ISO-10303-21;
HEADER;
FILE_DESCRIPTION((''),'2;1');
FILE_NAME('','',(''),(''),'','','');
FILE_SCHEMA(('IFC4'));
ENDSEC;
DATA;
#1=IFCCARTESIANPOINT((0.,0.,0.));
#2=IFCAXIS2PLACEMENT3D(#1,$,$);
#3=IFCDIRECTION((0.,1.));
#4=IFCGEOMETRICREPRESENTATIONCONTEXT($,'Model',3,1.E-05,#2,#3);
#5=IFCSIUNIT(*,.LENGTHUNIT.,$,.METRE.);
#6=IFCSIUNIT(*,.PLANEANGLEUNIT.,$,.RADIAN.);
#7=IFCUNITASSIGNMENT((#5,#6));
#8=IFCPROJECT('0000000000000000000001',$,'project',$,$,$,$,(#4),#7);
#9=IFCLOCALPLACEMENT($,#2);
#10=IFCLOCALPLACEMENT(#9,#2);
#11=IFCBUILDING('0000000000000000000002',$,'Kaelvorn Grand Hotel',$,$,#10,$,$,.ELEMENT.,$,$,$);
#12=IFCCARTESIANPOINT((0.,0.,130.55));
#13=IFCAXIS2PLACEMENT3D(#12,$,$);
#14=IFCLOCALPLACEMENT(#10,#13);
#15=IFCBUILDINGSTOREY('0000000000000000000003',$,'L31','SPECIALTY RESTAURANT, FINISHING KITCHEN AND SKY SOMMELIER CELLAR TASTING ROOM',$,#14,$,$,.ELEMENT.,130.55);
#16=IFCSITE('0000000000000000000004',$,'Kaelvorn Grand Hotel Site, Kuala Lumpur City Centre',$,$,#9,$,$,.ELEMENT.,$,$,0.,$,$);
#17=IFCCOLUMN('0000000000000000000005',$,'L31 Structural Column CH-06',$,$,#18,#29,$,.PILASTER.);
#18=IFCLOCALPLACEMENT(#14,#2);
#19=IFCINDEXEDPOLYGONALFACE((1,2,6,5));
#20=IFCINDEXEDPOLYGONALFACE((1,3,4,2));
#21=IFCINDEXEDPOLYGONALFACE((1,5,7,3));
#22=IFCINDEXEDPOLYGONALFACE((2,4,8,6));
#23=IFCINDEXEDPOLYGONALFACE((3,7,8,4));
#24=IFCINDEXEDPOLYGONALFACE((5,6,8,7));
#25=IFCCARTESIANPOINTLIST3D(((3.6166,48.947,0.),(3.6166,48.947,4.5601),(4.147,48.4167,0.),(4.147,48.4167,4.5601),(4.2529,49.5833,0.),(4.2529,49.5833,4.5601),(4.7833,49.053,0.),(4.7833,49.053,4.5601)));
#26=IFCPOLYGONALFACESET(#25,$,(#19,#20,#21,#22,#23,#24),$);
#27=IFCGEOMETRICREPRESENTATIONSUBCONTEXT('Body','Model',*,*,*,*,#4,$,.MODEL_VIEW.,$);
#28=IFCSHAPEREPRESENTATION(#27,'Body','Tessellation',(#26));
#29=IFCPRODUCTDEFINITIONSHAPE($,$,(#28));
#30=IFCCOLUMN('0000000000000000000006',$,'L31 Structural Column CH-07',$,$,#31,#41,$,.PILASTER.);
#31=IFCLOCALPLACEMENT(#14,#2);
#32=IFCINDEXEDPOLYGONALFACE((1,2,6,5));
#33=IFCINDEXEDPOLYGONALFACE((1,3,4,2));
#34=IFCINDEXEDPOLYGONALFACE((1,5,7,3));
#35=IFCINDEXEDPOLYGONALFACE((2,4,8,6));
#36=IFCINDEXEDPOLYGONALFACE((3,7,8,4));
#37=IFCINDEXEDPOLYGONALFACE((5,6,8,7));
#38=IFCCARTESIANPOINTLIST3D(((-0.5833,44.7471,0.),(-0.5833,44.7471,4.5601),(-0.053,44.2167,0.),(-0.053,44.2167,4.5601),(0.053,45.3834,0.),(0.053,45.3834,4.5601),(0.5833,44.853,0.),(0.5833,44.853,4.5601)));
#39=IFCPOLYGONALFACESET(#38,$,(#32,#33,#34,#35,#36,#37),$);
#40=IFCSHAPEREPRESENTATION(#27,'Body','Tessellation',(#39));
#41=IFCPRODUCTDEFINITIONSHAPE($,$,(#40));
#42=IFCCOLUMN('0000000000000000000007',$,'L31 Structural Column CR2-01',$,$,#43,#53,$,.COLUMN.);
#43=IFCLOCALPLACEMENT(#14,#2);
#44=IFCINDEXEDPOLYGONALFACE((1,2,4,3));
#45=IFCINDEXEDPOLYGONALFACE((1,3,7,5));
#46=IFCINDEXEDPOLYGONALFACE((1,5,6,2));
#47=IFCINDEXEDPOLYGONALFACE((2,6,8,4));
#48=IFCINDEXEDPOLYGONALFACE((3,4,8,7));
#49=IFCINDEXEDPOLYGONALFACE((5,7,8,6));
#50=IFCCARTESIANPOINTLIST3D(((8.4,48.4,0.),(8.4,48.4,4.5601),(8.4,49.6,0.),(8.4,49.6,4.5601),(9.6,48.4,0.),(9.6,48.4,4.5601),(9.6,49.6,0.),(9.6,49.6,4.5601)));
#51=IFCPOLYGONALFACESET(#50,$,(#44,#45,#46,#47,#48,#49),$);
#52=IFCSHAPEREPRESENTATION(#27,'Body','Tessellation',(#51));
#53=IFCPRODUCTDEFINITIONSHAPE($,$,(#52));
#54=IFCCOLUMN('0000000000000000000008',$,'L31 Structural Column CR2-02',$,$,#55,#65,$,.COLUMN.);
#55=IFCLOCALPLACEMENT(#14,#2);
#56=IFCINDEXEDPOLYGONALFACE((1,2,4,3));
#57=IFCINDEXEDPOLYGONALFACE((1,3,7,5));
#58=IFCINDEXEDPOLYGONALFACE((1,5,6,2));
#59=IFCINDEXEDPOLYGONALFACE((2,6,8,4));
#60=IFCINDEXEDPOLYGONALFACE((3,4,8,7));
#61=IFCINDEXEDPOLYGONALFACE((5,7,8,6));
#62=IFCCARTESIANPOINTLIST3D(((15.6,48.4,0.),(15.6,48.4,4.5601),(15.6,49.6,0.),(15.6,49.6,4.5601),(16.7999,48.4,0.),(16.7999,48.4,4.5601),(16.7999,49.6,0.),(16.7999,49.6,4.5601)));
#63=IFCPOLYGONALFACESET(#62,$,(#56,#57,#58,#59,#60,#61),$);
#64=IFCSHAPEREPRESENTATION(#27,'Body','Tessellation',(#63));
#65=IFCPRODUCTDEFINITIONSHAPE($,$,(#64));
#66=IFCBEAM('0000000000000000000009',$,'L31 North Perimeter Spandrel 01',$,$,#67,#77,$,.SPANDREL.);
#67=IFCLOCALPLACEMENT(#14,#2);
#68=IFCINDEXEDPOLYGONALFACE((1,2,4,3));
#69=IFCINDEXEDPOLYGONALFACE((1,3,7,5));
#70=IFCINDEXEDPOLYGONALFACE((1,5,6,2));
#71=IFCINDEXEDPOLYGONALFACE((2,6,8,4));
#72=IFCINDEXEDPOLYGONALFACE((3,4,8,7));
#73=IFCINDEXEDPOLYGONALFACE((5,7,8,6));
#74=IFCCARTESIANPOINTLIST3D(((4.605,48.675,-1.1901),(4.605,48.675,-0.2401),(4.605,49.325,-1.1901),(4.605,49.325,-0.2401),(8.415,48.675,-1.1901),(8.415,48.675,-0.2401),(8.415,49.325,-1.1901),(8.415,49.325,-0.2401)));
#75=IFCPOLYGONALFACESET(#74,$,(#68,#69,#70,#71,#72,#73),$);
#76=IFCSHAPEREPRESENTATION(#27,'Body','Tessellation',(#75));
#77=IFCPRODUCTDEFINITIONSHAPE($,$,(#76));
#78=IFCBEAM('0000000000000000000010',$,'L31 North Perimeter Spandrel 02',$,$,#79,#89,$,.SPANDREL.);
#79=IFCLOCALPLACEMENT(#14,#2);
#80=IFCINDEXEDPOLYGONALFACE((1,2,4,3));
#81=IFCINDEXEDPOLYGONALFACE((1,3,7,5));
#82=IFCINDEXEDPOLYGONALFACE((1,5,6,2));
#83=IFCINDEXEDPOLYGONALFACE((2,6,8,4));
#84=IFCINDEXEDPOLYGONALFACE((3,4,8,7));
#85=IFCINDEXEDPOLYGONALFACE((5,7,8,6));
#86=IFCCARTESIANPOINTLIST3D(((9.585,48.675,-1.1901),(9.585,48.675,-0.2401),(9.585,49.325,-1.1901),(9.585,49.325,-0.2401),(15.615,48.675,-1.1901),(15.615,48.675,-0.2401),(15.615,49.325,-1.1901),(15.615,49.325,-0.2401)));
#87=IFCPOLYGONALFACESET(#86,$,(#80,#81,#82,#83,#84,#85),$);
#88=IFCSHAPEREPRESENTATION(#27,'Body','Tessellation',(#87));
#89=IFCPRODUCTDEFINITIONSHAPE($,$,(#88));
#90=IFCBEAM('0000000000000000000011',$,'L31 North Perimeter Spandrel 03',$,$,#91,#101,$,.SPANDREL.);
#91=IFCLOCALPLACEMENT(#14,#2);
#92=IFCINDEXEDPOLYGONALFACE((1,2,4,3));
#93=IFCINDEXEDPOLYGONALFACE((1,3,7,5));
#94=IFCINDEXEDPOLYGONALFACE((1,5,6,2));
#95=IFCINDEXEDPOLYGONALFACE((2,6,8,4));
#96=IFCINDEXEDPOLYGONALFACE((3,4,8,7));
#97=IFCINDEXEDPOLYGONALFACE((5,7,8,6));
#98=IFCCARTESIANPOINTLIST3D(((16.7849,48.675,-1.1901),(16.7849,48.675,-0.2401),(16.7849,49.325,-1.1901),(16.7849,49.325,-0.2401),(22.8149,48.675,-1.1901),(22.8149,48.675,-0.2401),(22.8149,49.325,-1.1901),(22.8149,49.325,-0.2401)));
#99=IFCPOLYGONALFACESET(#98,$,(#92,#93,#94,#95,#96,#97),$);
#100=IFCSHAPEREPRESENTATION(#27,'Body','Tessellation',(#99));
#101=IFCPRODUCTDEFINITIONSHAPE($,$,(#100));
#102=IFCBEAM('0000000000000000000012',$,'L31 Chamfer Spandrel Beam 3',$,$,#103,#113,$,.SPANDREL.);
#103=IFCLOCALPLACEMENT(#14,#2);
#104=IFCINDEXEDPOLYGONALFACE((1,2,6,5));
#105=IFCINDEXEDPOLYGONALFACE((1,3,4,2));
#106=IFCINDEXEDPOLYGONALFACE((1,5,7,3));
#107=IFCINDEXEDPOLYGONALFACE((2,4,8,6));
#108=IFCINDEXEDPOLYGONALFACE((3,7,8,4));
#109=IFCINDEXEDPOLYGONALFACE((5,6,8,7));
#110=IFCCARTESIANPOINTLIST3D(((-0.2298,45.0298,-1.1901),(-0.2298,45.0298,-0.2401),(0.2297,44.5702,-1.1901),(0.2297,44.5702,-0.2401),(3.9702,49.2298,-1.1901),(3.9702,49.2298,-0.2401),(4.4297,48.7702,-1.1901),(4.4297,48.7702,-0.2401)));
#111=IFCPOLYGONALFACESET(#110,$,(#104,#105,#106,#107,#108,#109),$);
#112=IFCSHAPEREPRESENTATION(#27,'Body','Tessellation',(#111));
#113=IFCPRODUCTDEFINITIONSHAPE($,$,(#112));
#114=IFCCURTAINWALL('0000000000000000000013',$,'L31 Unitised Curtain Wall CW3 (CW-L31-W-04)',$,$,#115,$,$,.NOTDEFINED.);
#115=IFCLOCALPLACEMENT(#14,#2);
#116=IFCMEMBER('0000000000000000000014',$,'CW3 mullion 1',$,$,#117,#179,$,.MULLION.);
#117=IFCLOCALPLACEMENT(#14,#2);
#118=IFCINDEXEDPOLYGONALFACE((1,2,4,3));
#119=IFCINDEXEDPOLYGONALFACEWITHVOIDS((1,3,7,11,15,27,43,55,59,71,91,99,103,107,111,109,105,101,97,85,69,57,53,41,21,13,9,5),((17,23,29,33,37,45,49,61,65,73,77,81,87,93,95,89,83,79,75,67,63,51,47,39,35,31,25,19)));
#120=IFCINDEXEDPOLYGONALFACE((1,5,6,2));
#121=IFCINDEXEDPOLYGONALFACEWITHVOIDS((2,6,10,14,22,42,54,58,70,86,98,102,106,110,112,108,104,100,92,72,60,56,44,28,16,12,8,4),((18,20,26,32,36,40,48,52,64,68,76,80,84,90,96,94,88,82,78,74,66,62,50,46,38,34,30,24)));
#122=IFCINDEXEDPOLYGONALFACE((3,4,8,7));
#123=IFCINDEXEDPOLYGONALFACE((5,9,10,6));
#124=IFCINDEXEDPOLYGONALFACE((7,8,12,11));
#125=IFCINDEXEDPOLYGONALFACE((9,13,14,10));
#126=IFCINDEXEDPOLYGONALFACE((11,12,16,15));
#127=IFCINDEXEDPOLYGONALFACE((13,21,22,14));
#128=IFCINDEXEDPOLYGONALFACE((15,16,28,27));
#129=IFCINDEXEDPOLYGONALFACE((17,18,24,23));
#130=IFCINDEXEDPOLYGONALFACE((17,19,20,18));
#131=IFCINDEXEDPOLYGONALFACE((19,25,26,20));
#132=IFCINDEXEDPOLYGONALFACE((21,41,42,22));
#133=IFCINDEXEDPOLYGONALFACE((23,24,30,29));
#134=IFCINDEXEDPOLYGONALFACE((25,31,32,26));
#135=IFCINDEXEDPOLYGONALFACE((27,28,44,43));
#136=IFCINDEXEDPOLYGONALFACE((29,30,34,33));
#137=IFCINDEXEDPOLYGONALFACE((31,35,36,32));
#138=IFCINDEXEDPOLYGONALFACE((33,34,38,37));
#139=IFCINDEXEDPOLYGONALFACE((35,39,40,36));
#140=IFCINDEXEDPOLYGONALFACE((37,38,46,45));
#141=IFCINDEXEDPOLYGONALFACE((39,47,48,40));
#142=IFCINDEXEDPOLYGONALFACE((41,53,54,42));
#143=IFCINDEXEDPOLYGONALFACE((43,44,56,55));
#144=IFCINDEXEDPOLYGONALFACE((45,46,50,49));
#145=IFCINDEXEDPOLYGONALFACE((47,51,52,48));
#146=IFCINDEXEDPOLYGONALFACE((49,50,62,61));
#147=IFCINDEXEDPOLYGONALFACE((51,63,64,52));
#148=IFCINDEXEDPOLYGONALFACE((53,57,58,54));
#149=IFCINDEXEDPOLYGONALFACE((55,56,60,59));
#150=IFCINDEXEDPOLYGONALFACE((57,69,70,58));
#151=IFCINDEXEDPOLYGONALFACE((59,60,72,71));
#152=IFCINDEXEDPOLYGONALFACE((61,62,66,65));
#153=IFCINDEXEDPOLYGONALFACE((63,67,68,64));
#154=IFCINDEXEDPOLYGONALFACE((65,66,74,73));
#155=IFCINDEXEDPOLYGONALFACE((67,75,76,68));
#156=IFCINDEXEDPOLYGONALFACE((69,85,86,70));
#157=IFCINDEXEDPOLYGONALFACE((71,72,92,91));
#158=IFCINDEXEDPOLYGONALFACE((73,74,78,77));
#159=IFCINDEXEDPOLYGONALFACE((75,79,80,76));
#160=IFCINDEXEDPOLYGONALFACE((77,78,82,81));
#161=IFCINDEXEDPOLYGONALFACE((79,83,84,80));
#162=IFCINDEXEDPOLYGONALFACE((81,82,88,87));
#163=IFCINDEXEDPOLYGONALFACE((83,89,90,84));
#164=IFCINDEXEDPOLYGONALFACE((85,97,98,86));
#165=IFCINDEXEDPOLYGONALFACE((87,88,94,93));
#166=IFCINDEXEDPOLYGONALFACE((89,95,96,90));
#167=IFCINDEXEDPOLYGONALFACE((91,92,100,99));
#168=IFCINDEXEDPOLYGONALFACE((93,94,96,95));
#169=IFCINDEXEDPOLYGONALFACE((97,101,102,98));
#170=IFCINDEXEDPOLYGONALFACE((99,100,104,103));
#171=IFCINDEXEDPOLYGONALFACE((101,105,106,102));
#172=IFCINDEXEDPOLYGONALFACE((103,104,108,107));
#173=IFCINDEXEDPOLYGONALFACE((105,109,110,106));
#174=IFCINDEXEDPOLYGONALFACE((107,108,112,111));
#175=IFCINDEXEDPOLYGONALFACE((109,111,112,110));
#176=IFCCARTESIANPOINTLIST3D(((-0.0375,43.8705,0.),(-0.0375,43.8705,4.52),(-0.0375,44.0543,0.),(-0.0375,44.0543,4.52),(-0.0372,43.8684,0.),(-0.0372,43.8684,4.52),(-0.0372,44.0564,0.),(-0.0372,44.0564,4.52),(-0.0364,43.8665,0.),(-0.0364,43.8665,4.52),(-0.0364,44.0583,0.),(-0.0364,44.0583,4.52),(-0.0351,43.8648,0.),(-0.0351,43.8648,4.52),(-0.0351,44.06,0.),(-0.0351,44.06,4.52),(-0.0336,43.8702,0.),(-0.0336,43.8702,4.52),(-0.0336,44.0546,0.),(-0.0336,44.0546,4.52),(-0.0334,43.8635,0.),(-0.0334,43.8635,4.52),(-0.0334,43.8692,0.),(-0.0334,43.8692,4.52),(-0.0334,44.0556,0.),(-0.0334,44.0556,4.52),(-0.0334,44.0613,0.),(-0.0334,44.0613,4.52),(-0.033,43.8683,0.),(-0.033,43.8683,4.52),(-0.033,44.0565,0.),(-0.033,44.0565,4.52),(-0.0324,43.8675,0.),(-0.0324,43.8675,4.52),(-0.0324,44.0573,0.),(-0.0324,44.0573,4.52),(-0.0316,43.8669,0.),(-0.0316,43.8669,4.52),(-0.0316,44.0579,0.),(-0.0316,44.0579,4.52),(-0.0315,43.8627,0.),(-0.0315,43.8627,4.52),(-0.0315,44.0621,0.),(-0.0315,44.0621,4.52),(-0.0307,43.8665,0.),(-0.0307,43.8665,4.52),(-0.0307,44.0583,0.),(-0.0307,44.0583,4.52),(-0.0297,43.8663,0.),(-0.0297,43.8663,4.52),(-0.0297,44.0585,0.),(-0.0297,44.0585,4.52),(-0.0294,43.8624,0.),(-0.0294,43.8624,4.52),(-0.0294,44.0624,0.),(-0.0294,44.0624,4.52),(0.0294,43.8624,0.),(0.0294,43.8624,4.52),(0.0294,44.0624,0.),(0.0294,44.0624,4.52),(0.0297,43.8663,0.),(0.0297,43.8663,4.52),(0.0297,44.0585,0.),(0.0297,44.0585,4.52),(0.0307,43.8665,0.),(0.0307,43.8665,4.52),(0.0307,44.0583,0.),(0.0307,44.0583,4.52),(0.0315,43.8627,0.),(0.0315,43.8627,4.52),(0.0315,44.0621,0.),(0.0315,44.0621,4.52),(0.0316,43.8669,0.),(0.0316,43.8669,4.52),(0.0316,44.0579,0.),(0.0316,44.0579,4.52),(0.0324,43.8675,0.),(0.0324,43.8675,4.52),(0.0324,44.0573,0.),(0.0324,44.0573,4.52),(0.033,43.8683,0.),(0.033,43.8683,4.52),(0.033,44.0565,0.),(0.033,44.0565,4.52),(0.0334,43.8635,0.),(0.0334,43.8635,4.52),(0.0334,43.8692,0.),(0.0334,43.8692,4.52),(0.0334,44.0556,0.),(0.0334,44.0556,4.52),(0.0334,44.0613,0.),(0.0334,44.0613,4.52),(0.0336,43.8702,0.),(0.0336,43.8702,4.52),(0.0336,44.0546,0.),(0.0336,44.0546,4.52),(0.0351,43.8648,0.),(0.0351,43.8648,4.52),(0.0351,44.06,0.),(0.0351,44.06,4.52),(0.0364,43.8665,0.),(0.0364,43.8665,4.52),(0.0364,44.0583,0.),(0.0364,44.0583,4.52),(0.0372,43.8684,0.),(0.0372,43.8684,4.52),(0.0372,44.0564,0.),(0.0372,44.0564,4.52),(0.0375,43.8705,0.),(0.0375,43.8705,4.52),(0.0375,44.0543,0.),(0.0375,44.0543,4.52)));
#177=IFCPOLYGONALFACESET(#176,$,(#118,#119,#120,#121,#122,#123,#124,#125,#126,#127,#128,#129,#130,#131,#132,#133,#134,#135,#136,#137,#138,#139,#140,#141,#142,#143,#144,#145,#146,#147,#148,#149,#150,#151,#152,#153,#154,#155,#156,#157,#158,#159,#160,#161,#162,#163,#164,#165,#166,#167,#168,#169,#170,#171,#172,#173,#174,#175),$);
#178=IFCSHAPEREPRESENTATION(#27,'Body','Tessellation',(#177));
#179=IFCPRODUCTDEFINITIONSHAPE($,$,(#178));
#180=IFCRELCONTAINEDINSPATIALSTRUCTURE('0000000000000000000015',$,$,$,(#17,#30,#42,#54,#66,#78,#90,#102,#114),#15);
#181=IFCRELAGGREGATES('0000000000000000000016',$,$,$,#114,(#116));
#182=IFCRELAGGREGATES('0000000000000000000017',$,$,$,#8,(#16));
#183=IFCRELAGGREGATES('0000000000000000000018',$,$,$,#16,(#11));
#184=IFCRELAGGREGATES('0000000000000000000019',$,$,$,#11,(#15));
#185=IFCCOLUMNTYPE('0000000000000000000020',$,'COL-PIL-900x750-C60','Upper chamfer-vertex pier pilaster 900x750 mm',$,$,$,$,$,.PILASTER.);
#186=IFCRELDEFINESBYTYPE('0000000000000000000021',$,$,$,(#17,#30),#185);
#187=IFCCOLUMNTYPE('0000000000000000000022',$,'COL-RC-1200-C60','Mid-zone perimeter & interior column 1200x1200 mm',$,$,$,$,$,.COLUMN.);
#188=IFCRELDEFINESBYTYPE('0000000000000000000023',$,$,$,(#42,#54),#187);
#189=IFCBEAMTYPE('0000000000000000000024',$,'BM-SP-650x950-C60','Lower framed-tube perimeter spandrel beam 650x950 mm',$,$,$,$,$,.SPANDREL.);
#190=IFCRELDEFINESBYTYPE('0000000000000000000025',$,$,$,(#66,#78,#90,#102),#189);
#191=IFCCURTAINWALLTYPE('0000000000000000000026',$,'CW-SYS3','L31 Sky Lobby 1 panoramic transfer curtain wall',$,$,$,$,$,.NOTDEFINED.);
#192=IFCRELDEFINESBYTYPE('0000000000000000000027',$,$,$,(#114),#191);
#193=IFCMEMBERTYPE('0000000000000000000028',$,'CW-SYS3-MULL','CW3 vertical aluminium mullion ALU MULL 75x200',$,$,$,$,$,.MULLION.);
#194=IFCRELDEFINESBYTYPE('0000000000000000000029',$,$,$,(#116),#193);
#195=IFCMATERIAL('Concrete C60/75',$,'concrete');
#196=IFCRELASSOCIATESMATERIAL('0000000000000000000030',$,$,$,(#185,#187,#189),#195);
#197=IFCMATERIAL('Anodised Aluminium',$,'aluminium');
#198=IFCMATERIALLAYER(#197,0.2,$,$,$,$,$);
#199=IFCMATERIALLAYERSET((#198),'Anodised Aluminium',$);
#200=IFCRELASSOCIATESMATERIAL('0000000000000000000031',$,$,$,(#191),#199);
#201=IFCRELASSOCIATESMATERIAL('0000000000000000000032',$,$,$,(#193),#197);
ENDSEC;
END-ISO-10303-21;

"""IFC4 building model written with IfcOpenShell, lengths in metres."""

from ifc_helpers import new_model, si_unit, direction, frame, origin, origin_2d, place, context, subcontext, project, spatial, rectangle, hollow_rectangle, extrude, material, layer, layer_set, material_profile, profile_set, type_object, element, aggregate, save


model = new_model("IFC4")

# Units and contexts
model_context = context("Model", 3, precision=1e-05, world=origin(), true_north=direction((0.0, 1.0)))
body_context = subcontext(model_context, "Body", "Model", "MODEL_VIEW")
ifc_project = project(units=[si_unit("LENGTHUNIT", "METRE"), si_unit("PLANEANGLEUNIT", "RADIAN")], contexts=[model_context])

# Site, building, storey
site_placement = place(None, origin())
site = spatial("IfcSite", under=ifc_project, at=site_placement, Name="Kaelvorn Grand Hotel Site, Kuala Lumpur City Centre", CompositionType="ELEMENT", RefElevation=0.0)
building_placement = place(site_placement, origin())
building = spatial("IfcBuilding", under=site, at=building_placement, Name="Kaelvorn Grand Hotel", CompositionType="ELEMENT")
storey_placement = place(building_placement, frame((0.0, 0.0, 130.55)))
storey = spatial("IfcBuildingStorey", under=building, at=storey_placement, Name="L31", Description="SPECIALTY RESTAURANT, FINISHING KITCHEN AND SKY SOMMELIER CELLAR TASTING ROOM", CompositionType="ELEMENT", Elevation=130.55)

# Columns
ifc_material_1 = material(Name="Concrete C60/75", Category="concrete")
ifc_material_profile_1 = material_profile(ifc_material_1, rectangle(XDim=0.8999, YDim=0.75, at=origin_2d()), Name="RC PILASTER 900x750")
ifc_profile_set_1 = profile_set([ifc_material_profile_1], Name="Concrete C60/75")
column_type_1 = type_object("IfcColumnType", Name="COL-PIL-900x750-C60", Description="Upper chamfer-vertex pier pilaster 900x750 mm", PredefinedType="PILASTER", material=ifc_profile_set_1)
for number, where, z_axis, x_axis, name in (
    (1, (4.2, 49.0, 0.0), (0.0, 0.0, 1.0), (0.707107, 0.707107, 0.0), "L31 Structural Column CH-06"),
    (2, (0.0, 44.8, 0.0), (0.0, 0.0, 1.0), (0.707107, 0.707107, 0.0), "L31 Structural Column CH-07"),
):
    element("IfcColumn", number, at=place(storey_placement, frame(where, z_axis=z_axis, x_axis=x_axis)), inside=storey, type_object=column_type_1, Name=name, PredefinedType="PILASTER", context=body_context, shape_type="SweptSolid", body=[
        extrude(rectangle(XDim=0.8999, YDim=0.75, at=origin_2d()), origin(), (0.0, 0.0, 1.0), 4.5601),
    ])
ifc_material_profile_2 = material_profile(ifc_material_1, rectangle(XDim=1.2, YDim=1.2, at=origin_2d()), Name="RC COL 1200x1200")
ifc_profile_set_2 = profile_set([ifc_material_profile_2], Name="Concrete C60/75")
column_type_2 = type_object("IfcColumnType", Name="COL-RC-1200-C60", Description="Mid-zone perimeter & interior column 1200x1200 mm", PredefinedType="COLUMN", material=ifc_profile_set_2)
for number, where, z_axis, x_axis, name in (
    (3, (9.0, 49.0, 0.0), (0.0, 0.0, 1.0), (1.0, 0.0, 0.0), "L31 Structural Column CR2-01"),
    (4, (16.2, 49.0, 0.0), (0.0, 0.0, 1.0), (1.0, 0.0, 0.0), "L31 Structural Column CR2-02"),
):
    element("IfcColumn", number, at=place(storey_placement, frame(where, z_axis=z_axis, x_axis=x_axis)), inside=storey, type_object=column_type_2, Name=name, PredefinedType="COLUMN", context=body_context, shape_type="SweptSolid", body=[
        extrude(rectangle(XDim=1.2, YDim=1.2, at=origin_2d()), origin(), (0.0, 0.0, 1.0), 4.5601),
    ])

# Beams
ifc_material_profile_3 = material_profile(ifc_material_1, rectangle(XDim=0.6499, YDim=0.95, at=origin_2d()), Name="RC SPANDREL 650x950")
ifc_profile_set_3 = profile_set([ifc_material_profile_3], Name="Concrete C60/75")
beam_type = type_object("IfcBeamType", Name="BM-SP-650x950-C60", Description="Lower framed-tube perimeter spandrel beam 650x950 mm", PredefinedType="SPANDREL", material=ifc_profile_set_3)
beam_1_placement = place(storey_placement, frame((4.605, 49.0, -0.7151), z_axis=(1.0, 0.0, 0.0), x_axis=(0.0, 1.0, 0.0)))
element("IfcBeam", 5, at=beam_1_placement, inside=storey, type_object=beam_type, Name="L31 North Perimeter Spandrel 01", PredefinedType="SPANDREL", context=body_context, shape_type="SweptSolid", body=[
    extrude(rectangle(XDim=0.6499, YDim=0.95, at=origin_2d()), origin(), (0.0, 0.0, 1.0), 3.8101),
])
for number, where, z_axis, x_axis, name in (
    (6, (9.585, 49.0, -0.7151), (1.0, 0.0, 0.0), (0.0, 1.0, 0.0), "L31 North Perimeter Spandrel 02"),
    (7, (16.7849, 49.0, -0.7151), (1.0, 0.0, 0.0), (0.0, 1.0, 0.0), "L31 North Perimeter Spandrel 03"),
):
    element("IfcBeam", number, at=place(storey_placement, frame(where, z_axis=z_axis, x_axis=x_axis)), inside=storey, type_object=beam_type, Name=name, PredefinedType="SPANDREL", context=body_context, shape_type="SweptSolid", body=[
        extrude(rectangle(XDim=0.6499, YDim=0.95, at=origin_2d()), origin(), (0.0, 0.0, 1.0), 6.03),
    ])
beam_2_placement = place(storey_placement, frame((4.2, 49.0, -0.7151), z_axis=(-0.707107, -0.707107, 0.0), x_axis=(0.707107, -0.707107, 0.0)))
element("IfcBeam", 8, at=beam_2_placement, inside=storey, type_object=beam_type, Name="L31 Chamfer Spandrel Beam 3", PredefinedType="SPANDREL", context=body_context, shape_type="SweptSolid", body=[
    extrude(rectangle(XDim=0.6499, YDim=0.95, at=origin_2d()), origin(), (0.0, 0.0, 1.0), 5.9397),
])

# Curtain wall, member
ifc_material_2 = material(Name="Anodised Aluminium", Category="aluminium")
ifc_layer_1 = layer(ifc_material_2, 0.2)
ifc_layer_set_1 = layer_set([ifc_layer_1], Name="Anodised Aluminium")
curtain_wall_type = type_object("IfcCurtainWallType", Name="CW-SYS3", Description="L31 Sky Lobby 1 panoramic transfer curtain wall", PredefinedType="NOTDEFINED", material=ifc_layer_set_1)
curtain_wall_placement = place(storey_placement, origin())
curtain_wall = element("IfcCurtainWall", 9, at=curtain_wall_placement, inside=storey, type_object=curtain_wall_type, Name="L31 Unitised Curtain Wall CW3 (CW-L31-W-04)", PredefinedType="NOTDEFINED")
ifc_material_profile_4 = material_profile(ifc_material_2, hollow_rectangle(XDim=0.075, YDim=0.2, WallThickness=0.0039, InnerFilletRadius=0.0039, OuterFilletRadius=0.0081, at=origin_2d()), Name="ALU MULL 75x200")
ifc_profile_set_4 = profile_set([ifc_material_profile_4], Name="Anodised Aluminium")
member_type_1 = type_object("IfcMemberType", Name="CW-SYS3-MULL", Description="CW3 vertical aluminium mullion ALU MULL 75x200", PredefinedType="MULLION", material=ifc_profile_set_4)
member_1_placement = place(storey_placement, frame((0.0, 43.9624, 0.0), z_axis=(0.0, 0.0, 1.0), x_axis=(1.0, 0.0, 0.0)))
member_1 = element("IfcMember", 10, at=member_1_placement, type_object=member_type_1, Name="CW3 mullion 1", PredefinedType="MULLION", context=body_context, shape_type="SweptSolid", body=[
    extrude(hollow_rectangle(XDim=0.075, YDim=0.2, WallThickness=0.0039, InnerFilletRadius=0.0039, OuterFilletRadius=0.0081, at=origin_2d()), origin(), (0.0, 0.0, 1.0), 4.52),
])
aggregate(curtain_wall, [member_1])

save(model, "model.ifc")
